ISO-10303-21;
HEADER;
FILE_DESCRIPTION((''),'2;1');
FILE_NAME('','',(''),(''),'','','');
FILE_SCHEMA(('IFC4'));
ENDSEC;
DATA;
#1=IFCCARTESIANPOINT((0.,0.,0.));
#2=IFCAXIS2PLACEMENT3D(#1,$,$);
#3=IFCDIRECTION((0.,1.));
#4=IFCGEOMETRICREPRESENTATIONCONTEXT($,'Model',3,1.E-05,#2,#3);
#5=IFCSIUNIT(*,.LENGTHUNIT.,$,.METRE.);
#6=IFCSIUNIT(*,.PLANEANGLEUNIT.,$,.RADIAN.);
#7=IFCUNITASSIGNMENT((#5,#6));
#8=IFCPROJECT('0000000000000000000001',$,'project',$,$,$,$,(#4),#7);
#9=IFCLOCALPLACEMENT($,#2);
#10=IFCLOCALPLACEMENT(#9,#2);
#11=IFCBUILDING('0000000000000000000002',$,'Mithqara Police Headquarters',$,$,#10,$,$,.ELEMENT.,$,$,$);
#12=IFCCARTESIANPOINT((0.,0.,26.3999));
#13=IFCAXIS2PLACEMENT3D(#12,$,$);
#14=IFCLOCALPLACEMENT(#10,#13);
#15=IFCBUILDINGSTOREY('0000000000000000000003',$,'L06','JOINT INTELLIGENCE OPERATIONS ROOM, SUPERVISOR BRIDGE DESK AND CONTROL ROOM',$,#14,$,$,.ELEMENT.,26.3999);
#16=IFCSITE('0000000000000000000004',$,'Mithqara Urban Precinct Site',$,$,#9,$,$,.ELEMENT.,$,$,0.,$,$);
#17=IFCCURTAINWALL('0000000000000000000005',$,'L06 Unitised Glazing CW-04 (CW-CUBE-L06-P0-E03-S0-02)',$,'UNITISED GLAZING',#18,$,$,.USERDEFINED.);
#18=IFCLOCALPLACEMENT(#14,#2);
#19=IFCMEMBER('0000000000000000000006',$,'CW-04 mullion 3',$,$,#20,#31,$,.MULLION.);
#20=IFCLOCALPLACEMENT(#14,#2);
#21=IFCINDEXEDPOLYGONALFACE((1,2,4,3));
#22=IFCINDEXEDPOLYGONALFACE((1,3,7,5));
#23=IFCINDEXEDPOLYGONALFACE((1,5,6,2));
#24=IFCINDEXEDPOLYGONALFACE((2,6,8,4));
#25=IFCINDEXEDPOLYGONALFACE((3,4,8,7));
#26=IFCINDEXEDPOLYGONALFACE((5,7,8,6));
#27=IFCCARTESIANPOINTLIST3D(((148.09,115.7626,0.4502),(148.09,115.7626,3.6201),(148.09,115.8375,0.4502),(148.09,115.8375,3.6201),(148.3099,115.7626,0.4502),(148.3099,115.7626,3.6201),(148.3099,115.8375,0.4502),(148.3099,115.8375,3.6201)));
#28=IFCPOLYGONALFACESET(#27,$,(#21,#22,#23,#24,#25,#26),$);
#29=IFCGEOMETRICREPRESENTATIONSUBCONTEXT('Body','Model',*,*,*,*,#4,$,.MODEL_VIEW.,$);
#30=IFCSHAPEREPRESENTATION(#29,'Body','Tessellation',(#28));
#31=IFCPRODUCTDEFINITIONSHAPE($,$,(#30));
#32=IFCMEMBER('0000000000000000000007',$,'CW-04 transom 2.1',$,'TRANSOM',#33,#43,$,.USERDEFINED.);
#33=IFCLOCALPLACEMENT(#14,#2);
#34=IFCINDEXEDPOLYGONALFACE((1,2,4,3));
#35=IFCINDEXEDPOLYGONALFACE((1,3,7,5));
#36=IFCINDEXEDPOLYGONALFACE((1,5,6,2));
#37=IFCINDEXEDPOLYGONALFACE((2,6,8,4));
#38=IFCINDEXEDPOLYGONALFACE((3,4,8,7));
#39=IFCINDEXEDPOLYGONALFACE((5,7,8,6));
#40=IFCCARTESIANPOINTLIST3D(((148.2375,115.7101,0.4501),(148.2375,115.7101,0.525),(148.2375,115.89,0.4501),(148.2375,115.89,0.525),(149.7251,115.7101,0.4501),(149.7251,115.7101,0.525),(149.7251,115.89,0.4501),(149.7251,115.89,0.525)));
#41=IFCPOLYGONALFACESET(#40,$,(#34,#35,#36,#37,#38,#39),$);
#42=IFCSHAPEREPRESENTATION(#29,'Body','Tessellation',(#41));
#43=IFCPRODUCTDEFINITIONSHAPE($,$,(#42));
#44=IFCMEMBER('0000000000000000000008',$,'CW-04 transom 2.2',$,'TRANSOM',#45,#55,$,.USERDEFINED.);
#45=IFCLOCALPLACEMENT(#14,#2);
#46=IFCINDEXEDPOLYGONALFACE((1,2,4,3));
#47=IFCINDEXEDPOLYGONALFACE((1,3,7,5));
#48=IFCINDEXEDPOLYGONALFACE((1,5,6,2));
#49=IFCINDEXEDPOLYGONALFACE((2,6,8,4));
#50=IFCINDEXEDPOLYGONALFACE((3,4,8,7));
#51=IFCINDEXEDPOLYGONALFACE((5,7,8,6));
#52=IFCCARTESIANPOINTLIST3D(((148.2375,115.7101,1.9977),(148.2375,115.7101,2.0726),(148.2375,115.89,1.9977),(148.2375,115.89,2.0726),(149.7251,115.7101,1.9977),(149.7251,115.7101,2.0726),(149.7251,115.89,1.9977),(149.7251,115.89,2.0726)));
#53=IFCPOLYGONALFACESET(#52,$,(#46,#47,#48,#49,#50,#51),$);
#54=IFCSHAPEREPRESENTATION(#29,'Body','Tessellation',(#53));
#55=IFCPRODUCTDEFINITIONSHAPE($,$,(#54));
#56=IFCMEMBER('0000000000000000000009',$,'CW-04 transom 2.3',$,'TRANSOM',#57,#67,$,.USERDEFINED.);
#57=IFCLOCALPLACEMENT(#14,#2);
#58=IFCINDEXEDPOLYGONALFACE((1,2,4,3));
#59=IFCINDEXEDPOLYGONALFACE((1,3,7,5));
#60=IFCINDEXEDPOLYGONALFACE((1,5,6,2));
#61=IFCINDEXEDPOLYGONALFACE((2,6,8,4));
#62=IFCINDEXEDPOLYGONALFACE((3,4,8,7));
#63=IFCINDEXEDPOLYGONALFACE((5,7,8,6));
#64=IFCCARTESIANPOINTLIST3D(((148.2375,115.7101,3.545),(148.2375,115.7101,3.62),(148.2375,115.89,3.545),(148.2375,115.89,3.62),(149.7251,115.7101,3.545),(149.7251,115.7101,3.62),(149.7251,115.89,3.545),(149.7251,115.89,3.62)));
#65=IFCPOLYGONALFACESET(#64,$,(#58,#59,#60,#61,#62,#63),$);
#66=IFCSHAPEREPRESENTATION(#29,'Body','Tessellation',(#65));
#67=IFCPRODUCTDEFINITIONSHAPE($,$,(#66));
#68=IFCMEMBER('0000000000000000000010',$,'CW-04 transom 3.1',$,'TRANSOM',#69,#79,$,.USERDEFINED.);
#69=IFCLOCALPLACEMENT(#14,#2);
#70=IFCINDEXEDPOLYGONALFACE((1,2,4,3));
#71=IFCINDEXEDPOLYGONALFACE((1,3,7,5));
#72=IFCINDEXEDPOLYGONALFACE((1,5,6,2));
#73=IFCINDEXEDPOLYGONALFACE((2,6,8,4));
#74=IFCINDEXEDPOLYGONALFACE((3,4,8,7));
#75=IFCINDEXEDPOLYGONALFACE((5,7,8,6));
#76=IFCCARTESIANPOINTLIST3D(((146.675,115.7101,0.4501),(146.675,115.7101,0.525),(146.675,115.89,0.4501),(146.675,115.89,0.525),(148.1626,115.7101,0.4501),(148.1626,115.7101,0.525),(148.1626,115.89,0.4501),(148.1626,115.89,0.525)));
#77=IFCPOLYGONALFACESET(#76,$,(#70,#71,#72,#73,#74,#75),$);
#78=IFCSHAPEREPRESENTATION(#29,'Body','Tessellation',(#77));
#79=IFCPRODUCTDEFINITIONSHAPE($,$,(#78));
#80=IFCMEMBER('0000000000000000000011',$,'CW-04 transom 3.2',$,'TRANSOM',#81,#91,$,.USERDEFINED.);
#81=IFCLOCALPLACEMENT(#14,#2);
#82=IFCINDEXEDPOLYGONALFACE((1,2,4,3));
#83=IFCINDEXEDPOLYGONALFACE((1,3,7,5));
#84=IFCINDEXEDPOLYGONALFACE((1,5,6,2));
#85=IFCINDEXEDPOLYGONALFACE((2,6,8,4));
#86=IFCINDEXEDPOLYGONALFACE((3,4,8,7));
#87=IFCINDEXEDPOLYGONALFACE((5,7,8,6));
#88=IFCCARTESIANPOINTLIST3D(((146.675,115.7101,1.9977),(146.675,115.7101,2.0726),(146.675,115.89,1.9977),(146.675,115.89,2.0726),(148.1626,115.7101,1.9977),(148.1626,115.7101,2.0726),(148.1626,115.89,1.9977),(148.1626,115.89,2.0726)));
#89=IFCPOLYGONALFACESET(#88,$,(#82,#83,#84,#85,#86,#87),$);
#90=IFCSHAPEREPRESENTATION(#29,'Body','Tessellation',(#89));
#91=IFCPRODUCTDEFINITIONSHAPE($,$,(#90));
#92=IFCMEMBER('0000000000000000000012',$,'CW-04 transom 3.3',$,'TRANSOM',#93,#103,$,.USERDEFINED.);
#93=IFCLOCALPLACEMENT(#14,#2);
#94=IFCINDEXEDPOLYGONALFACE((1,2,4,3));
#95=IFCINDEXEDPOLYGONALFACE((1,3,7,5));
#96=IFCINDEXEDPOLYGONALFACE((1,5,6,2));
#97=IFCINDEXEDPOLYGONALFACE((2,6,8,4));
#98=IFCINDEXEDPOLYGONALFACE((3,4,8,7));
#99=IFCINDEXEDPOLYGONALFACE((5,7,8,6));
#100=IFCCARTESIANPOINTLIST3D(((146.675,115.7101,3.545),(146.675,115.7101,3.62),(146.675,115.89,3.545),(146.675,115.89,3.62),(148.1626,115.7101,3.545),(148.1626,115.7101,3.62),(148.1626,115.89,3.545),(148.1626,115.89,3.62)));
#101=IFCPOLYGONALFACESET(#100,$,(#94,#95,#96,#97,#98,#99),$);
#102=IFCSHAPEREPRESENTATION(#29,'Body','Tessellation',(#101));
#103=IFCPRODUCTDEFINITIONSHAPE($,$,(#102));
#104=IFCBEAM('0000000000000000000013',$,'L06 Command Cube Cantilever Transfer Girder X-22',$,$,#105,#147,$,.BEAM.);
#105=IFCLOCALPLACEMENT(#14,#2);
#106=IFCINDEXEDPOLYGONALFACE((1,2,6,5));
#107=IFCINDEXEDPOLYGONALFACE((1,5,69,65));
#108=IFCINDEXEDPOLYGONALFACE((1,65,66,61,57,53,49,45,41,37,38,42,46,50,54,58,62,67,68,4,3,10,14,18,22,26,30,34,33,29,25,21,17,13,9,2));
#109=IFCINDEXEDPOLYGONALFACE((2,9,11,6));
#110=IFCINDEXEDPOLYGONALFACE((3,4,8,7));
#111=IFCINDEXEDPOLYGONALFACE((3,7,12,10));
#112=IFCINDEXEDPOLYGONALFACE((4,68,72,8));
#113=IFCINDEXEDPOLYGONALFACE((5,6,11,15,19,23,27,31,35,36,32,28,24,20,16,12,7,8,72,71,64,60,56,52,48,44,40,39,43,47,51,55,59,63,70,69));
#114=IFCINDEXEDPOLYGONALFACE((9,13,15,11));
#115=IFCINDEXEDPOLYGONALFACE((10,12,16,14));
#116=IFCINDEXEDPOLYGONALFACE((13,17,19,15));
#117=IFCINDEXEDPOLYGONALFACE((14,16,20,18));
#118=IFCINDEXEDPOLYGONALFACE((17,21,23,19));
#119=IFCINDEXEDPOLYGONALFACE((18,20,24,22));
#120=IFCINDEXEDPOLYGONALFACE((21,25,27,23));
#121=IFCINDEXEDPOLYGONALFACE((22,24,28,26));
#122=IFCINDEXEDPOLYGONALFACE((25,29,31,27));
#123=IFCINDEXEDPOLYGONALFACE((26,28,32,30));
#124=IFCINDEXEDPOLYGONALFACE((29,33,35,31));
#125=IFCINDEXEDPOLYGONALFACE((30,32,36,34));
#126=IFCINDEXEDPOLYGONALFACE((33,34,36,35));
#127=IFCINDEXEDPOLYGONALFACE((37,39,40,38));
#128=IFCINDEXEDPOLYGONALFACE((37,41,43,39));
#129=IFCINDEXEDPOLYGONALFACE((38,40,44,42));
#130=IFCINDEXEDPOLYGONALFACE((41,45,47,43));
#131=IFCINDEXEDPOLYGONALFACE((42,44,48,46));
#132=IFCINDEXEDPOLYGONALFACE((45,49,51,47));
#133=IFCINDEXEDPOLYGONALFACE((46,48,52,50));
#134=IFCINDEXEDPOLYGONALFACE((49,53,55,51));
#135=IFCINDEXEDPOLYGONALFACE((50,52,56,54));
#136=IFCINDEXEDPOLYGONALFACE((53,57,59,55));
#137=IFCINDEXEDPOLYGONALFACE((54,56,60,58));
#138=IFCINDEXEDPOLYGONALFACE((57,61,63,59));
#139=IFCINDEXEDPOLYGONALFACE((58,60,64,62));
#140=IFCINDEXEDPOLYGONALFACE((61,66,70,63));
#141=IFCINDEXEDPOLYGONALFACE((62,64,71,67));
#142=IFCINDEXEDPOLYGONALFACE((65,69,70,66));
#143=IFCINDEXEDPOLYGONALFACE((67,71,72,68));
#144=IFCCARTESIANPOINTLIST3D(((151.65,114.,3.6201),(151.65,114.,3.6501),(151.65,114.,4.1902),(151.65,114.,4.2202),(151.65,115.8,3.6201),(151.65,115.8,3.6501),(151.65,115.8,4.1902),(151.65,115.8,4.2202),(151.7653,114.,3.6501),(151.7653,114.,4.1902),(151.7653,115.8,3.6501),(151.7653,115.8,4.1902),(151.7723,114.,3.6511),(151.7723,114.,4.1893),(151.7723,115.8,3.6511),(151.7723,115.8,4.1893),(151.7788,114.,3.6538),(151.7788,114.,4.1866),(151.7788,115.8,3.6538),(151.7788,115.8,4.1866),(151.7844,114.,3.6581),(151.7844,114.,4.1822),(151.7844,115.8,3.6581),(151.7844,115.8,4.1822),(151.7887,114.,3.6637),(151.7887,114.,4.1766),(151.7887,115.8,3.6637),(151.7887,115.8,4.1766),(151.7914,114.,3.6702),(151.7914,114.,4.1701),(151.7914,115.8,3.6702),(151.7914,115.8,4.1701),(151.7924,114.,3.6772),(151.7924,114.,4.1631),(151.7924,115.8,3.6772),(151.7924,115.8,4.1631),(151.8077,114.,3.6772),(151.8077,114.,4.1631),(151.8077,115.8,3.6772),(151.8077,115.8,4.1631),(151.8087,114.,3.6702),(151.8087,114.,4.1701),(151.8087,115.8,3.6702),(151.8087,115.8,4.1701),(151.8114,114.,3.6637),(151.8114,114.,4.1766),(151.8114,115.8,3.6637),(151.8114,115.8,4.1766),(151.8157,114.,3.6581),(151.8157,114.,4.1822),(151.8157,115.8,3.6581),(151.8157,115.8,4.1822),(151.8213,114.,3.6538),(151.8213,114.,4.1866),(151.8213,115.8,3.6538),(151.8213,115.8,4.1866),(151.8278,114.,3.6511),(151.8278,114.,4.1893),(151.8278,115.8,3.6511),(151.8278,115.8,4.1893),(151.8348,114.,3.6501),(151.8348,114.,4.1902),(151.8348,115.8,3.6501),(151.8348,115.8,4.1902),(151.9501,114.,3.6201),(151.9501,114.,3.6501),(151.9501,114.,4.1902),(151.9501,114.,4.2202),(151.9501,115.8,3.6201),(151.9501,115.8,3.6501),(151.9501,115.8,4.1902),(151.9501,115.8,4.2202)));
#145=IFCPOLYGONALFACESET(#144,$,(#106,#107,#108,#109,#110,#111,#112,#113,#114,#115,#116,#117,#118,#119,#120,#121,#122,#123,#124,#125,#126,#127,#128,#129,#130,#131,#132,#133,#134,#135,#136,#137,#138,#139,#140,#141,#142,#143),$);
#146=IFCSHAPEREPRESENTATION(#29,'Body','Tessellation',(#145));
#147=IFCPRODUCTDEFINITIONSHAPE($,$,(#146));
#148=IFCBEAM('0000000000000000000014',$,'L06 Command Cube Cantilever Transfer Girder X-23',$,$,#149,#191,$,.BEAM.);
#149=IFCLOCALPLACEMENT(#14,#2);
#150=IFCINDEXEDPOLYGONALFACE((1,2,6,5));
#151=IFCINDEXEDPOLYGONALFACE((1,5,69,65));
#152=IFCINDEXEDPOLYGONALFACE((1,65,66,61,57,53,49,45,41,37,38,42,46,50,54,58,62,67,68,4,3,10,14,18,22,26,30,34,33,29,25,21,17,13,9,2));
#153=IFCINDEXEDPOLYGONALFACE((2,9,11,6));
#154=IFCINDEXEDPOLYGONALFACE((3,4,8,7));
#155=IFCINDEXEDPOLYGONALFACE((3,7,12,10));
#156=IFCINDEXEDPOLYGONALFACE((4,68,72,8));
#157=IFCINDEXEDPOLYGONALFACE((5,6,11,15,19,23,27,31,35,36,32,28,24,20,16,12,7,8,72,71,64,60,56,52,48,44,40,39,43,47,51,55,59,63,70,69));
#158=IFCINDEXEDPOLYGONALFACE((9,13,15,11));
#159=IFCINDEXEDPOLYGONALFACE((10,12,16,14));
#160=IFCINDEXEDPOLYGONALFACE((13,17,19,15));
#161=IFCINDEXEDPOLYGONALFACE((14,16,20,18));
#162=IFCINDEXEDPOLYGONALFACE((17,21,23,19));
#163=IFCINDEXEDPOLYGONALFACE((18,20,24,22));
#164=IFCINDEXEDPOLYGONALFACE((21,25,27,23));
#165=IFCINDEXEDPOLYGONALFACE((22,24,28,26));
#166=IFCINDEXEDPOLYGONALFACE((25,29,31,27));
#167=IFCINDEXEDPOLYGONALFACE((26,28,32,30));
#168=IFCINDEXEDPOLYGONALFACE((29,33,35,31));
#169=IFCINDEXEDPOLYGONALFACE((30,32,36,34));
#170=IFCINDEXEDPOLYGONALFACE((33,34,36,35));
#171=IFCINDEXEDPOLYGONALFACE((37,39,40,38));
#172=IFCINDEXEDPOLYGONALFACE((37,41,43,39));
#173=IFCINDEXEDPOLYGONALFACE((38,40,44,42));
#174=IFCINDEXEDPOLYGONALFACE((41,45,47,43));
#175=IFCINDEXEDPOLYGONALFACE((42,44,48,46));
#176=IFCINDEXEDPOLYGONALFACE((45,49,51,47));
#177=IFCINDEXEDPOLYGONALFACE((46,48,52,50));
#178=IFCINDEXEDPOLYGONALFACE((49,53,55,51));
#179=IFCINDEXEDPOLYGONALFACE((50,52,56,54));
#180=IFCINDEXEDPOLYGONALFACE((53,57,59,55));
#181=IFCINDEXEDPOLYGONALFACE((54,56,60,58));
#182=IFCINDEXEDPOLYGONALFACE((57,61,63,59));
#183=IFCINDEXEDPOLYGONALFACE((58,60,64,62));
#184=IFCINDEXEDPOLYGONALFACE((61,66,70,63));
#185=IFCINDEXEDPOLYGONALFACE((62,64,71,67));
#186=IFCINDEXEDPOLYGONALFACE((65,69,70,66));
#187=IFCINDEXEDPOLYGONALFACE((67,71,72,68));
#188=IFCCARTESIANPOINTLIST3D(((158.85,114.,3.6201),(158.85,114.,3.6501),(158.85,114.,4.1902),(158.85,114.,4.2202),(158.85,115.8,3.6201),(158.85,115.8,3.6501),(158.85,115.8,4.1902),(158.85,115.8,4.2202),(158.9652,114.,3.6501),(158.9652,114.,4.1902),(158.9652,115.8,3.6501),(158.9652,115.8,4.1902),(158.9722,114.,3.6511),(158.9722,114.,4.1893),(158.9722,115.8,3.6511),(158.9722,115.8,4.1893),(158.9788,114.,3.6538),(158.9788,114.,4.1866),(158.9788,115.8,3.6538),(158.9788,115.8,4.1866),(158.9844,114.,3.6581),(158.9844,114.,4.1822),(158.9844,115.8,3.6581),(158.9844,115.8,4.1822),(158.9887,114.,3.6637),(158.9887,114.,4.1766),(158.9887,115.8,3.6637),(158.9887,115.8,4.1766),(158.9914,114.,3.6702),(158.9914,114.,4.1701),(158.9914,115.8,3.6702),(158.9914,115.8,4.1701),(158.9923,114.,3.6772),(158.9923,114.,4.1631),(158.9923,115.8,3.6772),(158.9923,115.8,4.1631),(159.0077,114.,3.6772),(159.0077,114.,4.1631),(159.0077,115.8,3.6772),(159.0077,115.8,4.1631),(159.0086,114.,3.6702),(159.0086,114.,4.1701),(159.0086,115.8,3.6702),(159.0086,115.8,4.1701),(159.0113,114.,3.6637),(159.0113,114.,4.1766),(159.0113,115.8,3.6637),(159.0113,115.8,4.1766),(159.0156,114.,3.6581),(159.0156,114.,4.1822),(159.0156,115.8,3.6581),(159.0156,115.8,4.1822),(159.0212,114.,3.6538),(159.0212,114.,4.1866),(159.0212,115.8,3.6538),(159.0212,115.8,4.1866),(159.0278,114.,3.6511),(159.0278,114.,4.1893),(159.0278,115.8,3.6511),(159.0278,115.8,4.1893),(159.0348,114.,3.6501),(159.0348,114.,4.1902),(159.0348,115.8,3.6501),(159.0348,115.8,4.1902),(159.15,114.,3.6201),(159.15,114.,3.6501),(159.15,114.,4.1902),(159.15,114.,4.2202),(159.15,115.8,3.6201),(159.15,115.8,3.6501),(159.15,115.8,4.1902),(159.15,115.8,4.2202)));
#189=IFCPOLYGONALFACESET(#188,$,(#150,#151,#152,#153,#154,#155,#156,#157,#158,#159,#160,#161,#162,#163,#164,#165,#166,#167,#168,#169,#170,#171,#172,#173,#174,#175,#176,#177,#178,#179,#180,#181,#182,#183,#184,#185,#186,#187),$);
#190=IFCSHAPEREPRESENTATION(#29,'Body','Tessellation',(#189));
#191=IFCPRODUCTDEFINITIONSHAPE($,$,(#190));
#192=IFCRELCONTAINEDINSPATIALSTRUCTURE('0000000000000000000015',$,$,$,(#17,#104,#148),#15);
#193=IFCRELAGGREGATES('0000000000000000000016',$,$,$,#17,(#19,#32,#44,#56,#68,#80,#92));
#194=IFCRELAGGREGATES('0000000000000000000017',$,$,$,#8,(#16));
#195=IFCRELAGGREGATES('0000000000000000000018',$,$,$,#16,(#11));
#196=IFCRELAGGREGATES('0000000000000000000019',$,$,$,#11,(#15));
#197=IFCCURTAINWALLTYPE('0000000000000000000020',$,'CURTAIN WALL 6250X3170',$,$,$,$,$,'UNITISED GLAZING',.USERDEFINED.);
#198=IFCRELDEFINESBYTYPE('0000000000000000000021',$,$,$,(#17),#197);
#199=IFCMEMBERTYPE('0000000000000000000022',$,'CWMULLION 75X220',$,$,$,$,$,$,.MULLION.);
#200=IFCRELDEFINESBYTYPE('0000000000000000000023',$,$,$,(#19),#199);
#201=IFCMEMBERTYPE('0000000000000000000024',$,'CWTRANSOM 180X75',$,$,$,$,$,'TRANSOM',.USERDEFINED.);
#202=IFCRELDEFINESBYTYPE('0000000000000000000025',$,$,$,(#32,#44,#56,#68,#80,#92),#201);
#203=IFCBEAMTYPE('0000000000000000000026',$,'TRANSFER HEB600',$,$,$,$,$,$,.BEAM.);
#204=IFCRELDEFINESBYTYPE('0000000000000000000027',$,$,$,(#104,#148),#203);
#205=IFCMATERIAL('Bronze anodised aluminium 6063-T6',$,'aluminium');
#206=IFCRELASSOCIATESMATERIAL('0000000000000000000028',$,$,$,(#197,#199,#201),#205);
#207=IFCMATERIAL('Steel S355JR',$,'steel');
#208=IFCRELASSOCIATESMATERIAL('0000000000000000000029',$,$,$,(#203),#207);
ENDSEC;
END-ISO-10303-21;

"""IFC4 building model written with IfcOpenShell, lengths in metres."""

from ifc_helpers import new_model, si_unit, direction, frame, origin, origin_2d, place, context, subcontext, project, spatial, rectangle, i_section, extrude, material, material_profile, profile_set, type_object, element, aggregate, save


model = new_model("IFC4")

# Units and contexts
model_context = context("Model", 3, precision=1e-05, world=origin(), true_north=direction((0.0, 1.0)))
body_context = subcontext(model_context, "Body", "Model", "MODEL_VIEW")
ifc_project = project(units=[si_unit("LENGTHUNIT", "METRE"), si_unit("PLANEANGLEUNIT", "RADIAN")], contexts=[model_context])

# Site, building, storey
site_placement = place(None, origin())
site = spatial("IfcSite", under=ifc_project, at=site_placement, Name="Mithqara Urban Precinct Site", CompositionType="ELEMENT", RefElevation=0.0)
building_placement = place(site_placement, origin())
building = spatial("IfcBuilding", under=site, at=building_placement, Name="Mithqara Police Headquarters", CompositionType="ELEMENT")
storey_placement = place(building_placement, frame((0.0, 0.0, 26.3999)))
storey = spatial("IfcBuildingStorey", under=building, at=storey_placement, Name="L06", Description="JOINT INTELLIGENCE OPERATIONS ROOM, SUPERVISOR BRIDGE DESK AND CONTROL ROOM", CompositionType="ELEMENT", Elevation=26.3999)

# Curtain wall, members
ifc_material_1 = material(Name="Bronze anodised aluminium 6063-T6", Category="aluminium")
curtain_wall_type = type_object("IfcCurtainWallType", Name="CURTAIN WALL 6250X3170", ElementType="UNITISED GLAZING", PredefinedType="USERDEFINED", material=ifc_material_1)
curtain_wall_placement = place(storey_placement, origin())
curtain_wall = element("IfcCurtainWall", 1, at=curtain_wall_placement, inside=storey, type_object=curtain_wall_type, Name="L06 Unitised Glazing CW-04 (CW-CUBE-L06-P0-E03-S0-02)", ObjectType="UNITISED GLAZING", PredefinedType="USERDEFINED")
ifc_material_profile_1 = material_profile(ifc_material_1, rectangle(XDim=0.075, YDim=0.22, at=origin_2d()), Name="CWM 75x220")
ifc_profile_set_1 = profile_set([ifc_material_profile_1], Name="Bronze anodised aluminium 6063-T6")
member_type_1 = type_object("IfcMemberType", Name="CWMULLION 75X220", PredefinedType="MULLION", material=ifc_profile_set_1)
member_1_placement = place(storey_placement, frame((148.2, 115.8, 0.4502), z_axis=(0.0, 0.0, 1.0), x_axis=(0.0, -1.0, 0.0)))
member_1 = element("IfcMember", 2, at=member_1_placement, type_object=member_type_1, Name="CW-04 mullion 3", PredefinedType="MULLION", context=body_context, shape_type="SweptSolid", body=[
    extrude(rectangle(XDim=0.075, YDim=0.22, at=origin_2d()), origin(), (0.0, 0.0, 1.0), 3.1699),
])
ifc_material_profile_2 = material_profile(ifc_material_1, rectangle(XDim=0.1799, YDim=0.075, at=origin_2d()), Name="CWT 180x75")
ifc_profile_set_2 = profile_set([ifc_material_profile_2], Name="Bronze anodised aluminium 6063-T6")
member_type_2 = type_object("IfcMemberType", Name="CWTRANSOM 180X75", ElementType="TRANSOM", PredefinedType="USERDEFINED", material=ifc_profile_set_2)
member_2_placement = place(storey_placement, frame((149.7251, 115.8, 0.4875), z_axis=(-1.0, 0.0, 0.0), x_axis=(0.0, -1.0, 0.0)))
member_2 = element("IfcMember", 3, at=member_2_placement, type_object=member_type_2, Name="CW-04 transom 2.1", ObjectType="TRANSOM", PredefinedType="USERDEFINED", context=body_context, shape_type="SweptSolid", body=[
    extrude(rectangle(XDim=0.1799, YDim=0.075, at=origin_2d()), origin(), (0.0, 0.0, 1.0), 1.4875),
])
member_3_placement = place(storey_placement, frame((149.7251, 115.8, 2.0352), z_axis=(-1.0, 0.0, 0.0), x_axis=(0.0, -1.0, 0.0)))
member_3 = element("IfcMember", 4, at=member_3_placement, type_object=member_type_2, Name="CW-04 transom 2.2", ObjectType="TRANSOM", PredefinedType="USERDEFINED", context=body_context, shape_type="SweptSolid", body=[
    extrude(rectangle(XDim=0.1799, YDim=0.075, at=origin_2d()), origin(), (0.0, 0.0, 1.0), 1.4875),
])
member_4_placement = place(storey_placement, frame((149.7251, 115.8, 3.5825), z_axis=(-1.0, 0.0, 0.0), x_axis=(0.0, -1.0, 0.0)))
member_4 = element("IfcMember", 5, at=member_4_placement, type_object=member_type_2, Name="CW-04 transom 2.3", ObjectType="TRANSOM", PredefinedType="USERDEFINED", context=body_context, shape_type="SweptSolid", body=[
    extrude(rectangle(XDim=0.1799, YDim=0.075, at=origin_2d()), origin(), (0.0, 0.0, 1.0), 1.4875),
])
member_5_placement = place(storey_placement, frame((148.1626, 115.8, 0.4875), z_axis=(-1.0, 0.0, 0.0), x_axis=(0.0, -1.0, 0.0)))
member_5 = element("IfcMember", 6, at=member_5_placement, type_object=member_type_2, Name="CW-04 transom 3.1", ObjectType="TRANSOM", PredefinedType="USERDEFINED", context=body_context, shape_type="SweptSolid", body=[
    extrude(rectangle(XDim=0.1799, YDim=0.075, at=origin_2d()), origin(), (0.0, 0.0, 1.0), 1.4875),
])
member_6_placement = place(storey_placement, frame((148.1626, 115.8, 2.0352), z_axis=(-1.0, 0.0, 0.0), x_axis=(0.0, -1.0, 0.0)))
member_6 = element("IfcMember", 7, at=member_6_placement, type_object=member_type_2, Name="CW-04 transom 3.2", ObjectType="TRANSOM", PredefinedType="USERDEFINED", context=body_context, shape_type="SweptSolid", body=[
    extrude(rectangle(XDim=0.1799, YDim=0.075, at=origin_2d()), origin(), (0.0, 0.0, 1.0), 1.4875),
])
member_7_placement = place(storey_placement, frame((148.1626, 115.8, 3.5825), z_axis=(-1.0, 0.0, 0.0), x_axis=(0.0, -1.0, 0.0)))
member_7 = element("IfcMember", 8, at=member_7_placement, type_object=member_type_2, Name="CW-04 transom 3.3", ObjectType="TRANSOM", PredefinedType="USERDEFINED", context=body_context, shape_type="SweptSolid", body=[
    extrude(rectangle(XDim=0.1799, YDim=0.075, at=origin_2d()), origin(), (0.0, 0.0, 1.0), 1.4875),
])

# Beams
ifc_material_2 = material(Name="Steel S355JR", Category="steel")
ifc_material_profile_3 = material_profile(ifc_material_2, i_section(OverallWidth=0.3, OverallDepth=0.6001, WebThickness=0.0154, FlangeThickness=0.03, FilletRadius=0.0271, at=origin_2d()), Name="HEB 600")
ifc_profile_set_3 = profile_set([ifc_material_profile_3], Name="Steel S355JR")
beam_type = type_object("IfcBeamType", Name="TRANSFER HEB600", PredefinedType="BEAM", material=ifc_profile_set_3)
for number, where, z_axis, x_axis, name in (
    (9, (151.8, 114.0, 3.9202), (0.0, 1.0, 0.0), (-1.0, 0.0, 0.0), "L06 Command Cube Cantilever Transfer Girder X-22"),
    (10, (159.0, 114.0, 3.9202), (0.0, 1.0, 0.0), (-1.0, 0.0, 0.0), "L06 Command Cube Cantilever Transfer Girder X-23"),
):
    element("IfcBeam", number, at=place(storey_placement, frame(where, z_axis=z_axis, x_axis=x_axis)), inside=storey, type_object=beam_type, Name=name, PredefinedType="BEAM", context=body_context, shape_type="SweptSolid", body=[
        extrude(i_section(OverallWidth=0.3, OverallDepth=0.6001, WebThickness=0.0154, FlangeThickness=0.03, FilletRadius=0.0271, at=origin_2d()), origin(), (0.0, 0.0, 1.0), 1.8),
    ])

aggregate(curtain_wall, [member_1, member_2, member_3, member_4, member_5, member_6, member_7])

save(model, "model.ifc")
